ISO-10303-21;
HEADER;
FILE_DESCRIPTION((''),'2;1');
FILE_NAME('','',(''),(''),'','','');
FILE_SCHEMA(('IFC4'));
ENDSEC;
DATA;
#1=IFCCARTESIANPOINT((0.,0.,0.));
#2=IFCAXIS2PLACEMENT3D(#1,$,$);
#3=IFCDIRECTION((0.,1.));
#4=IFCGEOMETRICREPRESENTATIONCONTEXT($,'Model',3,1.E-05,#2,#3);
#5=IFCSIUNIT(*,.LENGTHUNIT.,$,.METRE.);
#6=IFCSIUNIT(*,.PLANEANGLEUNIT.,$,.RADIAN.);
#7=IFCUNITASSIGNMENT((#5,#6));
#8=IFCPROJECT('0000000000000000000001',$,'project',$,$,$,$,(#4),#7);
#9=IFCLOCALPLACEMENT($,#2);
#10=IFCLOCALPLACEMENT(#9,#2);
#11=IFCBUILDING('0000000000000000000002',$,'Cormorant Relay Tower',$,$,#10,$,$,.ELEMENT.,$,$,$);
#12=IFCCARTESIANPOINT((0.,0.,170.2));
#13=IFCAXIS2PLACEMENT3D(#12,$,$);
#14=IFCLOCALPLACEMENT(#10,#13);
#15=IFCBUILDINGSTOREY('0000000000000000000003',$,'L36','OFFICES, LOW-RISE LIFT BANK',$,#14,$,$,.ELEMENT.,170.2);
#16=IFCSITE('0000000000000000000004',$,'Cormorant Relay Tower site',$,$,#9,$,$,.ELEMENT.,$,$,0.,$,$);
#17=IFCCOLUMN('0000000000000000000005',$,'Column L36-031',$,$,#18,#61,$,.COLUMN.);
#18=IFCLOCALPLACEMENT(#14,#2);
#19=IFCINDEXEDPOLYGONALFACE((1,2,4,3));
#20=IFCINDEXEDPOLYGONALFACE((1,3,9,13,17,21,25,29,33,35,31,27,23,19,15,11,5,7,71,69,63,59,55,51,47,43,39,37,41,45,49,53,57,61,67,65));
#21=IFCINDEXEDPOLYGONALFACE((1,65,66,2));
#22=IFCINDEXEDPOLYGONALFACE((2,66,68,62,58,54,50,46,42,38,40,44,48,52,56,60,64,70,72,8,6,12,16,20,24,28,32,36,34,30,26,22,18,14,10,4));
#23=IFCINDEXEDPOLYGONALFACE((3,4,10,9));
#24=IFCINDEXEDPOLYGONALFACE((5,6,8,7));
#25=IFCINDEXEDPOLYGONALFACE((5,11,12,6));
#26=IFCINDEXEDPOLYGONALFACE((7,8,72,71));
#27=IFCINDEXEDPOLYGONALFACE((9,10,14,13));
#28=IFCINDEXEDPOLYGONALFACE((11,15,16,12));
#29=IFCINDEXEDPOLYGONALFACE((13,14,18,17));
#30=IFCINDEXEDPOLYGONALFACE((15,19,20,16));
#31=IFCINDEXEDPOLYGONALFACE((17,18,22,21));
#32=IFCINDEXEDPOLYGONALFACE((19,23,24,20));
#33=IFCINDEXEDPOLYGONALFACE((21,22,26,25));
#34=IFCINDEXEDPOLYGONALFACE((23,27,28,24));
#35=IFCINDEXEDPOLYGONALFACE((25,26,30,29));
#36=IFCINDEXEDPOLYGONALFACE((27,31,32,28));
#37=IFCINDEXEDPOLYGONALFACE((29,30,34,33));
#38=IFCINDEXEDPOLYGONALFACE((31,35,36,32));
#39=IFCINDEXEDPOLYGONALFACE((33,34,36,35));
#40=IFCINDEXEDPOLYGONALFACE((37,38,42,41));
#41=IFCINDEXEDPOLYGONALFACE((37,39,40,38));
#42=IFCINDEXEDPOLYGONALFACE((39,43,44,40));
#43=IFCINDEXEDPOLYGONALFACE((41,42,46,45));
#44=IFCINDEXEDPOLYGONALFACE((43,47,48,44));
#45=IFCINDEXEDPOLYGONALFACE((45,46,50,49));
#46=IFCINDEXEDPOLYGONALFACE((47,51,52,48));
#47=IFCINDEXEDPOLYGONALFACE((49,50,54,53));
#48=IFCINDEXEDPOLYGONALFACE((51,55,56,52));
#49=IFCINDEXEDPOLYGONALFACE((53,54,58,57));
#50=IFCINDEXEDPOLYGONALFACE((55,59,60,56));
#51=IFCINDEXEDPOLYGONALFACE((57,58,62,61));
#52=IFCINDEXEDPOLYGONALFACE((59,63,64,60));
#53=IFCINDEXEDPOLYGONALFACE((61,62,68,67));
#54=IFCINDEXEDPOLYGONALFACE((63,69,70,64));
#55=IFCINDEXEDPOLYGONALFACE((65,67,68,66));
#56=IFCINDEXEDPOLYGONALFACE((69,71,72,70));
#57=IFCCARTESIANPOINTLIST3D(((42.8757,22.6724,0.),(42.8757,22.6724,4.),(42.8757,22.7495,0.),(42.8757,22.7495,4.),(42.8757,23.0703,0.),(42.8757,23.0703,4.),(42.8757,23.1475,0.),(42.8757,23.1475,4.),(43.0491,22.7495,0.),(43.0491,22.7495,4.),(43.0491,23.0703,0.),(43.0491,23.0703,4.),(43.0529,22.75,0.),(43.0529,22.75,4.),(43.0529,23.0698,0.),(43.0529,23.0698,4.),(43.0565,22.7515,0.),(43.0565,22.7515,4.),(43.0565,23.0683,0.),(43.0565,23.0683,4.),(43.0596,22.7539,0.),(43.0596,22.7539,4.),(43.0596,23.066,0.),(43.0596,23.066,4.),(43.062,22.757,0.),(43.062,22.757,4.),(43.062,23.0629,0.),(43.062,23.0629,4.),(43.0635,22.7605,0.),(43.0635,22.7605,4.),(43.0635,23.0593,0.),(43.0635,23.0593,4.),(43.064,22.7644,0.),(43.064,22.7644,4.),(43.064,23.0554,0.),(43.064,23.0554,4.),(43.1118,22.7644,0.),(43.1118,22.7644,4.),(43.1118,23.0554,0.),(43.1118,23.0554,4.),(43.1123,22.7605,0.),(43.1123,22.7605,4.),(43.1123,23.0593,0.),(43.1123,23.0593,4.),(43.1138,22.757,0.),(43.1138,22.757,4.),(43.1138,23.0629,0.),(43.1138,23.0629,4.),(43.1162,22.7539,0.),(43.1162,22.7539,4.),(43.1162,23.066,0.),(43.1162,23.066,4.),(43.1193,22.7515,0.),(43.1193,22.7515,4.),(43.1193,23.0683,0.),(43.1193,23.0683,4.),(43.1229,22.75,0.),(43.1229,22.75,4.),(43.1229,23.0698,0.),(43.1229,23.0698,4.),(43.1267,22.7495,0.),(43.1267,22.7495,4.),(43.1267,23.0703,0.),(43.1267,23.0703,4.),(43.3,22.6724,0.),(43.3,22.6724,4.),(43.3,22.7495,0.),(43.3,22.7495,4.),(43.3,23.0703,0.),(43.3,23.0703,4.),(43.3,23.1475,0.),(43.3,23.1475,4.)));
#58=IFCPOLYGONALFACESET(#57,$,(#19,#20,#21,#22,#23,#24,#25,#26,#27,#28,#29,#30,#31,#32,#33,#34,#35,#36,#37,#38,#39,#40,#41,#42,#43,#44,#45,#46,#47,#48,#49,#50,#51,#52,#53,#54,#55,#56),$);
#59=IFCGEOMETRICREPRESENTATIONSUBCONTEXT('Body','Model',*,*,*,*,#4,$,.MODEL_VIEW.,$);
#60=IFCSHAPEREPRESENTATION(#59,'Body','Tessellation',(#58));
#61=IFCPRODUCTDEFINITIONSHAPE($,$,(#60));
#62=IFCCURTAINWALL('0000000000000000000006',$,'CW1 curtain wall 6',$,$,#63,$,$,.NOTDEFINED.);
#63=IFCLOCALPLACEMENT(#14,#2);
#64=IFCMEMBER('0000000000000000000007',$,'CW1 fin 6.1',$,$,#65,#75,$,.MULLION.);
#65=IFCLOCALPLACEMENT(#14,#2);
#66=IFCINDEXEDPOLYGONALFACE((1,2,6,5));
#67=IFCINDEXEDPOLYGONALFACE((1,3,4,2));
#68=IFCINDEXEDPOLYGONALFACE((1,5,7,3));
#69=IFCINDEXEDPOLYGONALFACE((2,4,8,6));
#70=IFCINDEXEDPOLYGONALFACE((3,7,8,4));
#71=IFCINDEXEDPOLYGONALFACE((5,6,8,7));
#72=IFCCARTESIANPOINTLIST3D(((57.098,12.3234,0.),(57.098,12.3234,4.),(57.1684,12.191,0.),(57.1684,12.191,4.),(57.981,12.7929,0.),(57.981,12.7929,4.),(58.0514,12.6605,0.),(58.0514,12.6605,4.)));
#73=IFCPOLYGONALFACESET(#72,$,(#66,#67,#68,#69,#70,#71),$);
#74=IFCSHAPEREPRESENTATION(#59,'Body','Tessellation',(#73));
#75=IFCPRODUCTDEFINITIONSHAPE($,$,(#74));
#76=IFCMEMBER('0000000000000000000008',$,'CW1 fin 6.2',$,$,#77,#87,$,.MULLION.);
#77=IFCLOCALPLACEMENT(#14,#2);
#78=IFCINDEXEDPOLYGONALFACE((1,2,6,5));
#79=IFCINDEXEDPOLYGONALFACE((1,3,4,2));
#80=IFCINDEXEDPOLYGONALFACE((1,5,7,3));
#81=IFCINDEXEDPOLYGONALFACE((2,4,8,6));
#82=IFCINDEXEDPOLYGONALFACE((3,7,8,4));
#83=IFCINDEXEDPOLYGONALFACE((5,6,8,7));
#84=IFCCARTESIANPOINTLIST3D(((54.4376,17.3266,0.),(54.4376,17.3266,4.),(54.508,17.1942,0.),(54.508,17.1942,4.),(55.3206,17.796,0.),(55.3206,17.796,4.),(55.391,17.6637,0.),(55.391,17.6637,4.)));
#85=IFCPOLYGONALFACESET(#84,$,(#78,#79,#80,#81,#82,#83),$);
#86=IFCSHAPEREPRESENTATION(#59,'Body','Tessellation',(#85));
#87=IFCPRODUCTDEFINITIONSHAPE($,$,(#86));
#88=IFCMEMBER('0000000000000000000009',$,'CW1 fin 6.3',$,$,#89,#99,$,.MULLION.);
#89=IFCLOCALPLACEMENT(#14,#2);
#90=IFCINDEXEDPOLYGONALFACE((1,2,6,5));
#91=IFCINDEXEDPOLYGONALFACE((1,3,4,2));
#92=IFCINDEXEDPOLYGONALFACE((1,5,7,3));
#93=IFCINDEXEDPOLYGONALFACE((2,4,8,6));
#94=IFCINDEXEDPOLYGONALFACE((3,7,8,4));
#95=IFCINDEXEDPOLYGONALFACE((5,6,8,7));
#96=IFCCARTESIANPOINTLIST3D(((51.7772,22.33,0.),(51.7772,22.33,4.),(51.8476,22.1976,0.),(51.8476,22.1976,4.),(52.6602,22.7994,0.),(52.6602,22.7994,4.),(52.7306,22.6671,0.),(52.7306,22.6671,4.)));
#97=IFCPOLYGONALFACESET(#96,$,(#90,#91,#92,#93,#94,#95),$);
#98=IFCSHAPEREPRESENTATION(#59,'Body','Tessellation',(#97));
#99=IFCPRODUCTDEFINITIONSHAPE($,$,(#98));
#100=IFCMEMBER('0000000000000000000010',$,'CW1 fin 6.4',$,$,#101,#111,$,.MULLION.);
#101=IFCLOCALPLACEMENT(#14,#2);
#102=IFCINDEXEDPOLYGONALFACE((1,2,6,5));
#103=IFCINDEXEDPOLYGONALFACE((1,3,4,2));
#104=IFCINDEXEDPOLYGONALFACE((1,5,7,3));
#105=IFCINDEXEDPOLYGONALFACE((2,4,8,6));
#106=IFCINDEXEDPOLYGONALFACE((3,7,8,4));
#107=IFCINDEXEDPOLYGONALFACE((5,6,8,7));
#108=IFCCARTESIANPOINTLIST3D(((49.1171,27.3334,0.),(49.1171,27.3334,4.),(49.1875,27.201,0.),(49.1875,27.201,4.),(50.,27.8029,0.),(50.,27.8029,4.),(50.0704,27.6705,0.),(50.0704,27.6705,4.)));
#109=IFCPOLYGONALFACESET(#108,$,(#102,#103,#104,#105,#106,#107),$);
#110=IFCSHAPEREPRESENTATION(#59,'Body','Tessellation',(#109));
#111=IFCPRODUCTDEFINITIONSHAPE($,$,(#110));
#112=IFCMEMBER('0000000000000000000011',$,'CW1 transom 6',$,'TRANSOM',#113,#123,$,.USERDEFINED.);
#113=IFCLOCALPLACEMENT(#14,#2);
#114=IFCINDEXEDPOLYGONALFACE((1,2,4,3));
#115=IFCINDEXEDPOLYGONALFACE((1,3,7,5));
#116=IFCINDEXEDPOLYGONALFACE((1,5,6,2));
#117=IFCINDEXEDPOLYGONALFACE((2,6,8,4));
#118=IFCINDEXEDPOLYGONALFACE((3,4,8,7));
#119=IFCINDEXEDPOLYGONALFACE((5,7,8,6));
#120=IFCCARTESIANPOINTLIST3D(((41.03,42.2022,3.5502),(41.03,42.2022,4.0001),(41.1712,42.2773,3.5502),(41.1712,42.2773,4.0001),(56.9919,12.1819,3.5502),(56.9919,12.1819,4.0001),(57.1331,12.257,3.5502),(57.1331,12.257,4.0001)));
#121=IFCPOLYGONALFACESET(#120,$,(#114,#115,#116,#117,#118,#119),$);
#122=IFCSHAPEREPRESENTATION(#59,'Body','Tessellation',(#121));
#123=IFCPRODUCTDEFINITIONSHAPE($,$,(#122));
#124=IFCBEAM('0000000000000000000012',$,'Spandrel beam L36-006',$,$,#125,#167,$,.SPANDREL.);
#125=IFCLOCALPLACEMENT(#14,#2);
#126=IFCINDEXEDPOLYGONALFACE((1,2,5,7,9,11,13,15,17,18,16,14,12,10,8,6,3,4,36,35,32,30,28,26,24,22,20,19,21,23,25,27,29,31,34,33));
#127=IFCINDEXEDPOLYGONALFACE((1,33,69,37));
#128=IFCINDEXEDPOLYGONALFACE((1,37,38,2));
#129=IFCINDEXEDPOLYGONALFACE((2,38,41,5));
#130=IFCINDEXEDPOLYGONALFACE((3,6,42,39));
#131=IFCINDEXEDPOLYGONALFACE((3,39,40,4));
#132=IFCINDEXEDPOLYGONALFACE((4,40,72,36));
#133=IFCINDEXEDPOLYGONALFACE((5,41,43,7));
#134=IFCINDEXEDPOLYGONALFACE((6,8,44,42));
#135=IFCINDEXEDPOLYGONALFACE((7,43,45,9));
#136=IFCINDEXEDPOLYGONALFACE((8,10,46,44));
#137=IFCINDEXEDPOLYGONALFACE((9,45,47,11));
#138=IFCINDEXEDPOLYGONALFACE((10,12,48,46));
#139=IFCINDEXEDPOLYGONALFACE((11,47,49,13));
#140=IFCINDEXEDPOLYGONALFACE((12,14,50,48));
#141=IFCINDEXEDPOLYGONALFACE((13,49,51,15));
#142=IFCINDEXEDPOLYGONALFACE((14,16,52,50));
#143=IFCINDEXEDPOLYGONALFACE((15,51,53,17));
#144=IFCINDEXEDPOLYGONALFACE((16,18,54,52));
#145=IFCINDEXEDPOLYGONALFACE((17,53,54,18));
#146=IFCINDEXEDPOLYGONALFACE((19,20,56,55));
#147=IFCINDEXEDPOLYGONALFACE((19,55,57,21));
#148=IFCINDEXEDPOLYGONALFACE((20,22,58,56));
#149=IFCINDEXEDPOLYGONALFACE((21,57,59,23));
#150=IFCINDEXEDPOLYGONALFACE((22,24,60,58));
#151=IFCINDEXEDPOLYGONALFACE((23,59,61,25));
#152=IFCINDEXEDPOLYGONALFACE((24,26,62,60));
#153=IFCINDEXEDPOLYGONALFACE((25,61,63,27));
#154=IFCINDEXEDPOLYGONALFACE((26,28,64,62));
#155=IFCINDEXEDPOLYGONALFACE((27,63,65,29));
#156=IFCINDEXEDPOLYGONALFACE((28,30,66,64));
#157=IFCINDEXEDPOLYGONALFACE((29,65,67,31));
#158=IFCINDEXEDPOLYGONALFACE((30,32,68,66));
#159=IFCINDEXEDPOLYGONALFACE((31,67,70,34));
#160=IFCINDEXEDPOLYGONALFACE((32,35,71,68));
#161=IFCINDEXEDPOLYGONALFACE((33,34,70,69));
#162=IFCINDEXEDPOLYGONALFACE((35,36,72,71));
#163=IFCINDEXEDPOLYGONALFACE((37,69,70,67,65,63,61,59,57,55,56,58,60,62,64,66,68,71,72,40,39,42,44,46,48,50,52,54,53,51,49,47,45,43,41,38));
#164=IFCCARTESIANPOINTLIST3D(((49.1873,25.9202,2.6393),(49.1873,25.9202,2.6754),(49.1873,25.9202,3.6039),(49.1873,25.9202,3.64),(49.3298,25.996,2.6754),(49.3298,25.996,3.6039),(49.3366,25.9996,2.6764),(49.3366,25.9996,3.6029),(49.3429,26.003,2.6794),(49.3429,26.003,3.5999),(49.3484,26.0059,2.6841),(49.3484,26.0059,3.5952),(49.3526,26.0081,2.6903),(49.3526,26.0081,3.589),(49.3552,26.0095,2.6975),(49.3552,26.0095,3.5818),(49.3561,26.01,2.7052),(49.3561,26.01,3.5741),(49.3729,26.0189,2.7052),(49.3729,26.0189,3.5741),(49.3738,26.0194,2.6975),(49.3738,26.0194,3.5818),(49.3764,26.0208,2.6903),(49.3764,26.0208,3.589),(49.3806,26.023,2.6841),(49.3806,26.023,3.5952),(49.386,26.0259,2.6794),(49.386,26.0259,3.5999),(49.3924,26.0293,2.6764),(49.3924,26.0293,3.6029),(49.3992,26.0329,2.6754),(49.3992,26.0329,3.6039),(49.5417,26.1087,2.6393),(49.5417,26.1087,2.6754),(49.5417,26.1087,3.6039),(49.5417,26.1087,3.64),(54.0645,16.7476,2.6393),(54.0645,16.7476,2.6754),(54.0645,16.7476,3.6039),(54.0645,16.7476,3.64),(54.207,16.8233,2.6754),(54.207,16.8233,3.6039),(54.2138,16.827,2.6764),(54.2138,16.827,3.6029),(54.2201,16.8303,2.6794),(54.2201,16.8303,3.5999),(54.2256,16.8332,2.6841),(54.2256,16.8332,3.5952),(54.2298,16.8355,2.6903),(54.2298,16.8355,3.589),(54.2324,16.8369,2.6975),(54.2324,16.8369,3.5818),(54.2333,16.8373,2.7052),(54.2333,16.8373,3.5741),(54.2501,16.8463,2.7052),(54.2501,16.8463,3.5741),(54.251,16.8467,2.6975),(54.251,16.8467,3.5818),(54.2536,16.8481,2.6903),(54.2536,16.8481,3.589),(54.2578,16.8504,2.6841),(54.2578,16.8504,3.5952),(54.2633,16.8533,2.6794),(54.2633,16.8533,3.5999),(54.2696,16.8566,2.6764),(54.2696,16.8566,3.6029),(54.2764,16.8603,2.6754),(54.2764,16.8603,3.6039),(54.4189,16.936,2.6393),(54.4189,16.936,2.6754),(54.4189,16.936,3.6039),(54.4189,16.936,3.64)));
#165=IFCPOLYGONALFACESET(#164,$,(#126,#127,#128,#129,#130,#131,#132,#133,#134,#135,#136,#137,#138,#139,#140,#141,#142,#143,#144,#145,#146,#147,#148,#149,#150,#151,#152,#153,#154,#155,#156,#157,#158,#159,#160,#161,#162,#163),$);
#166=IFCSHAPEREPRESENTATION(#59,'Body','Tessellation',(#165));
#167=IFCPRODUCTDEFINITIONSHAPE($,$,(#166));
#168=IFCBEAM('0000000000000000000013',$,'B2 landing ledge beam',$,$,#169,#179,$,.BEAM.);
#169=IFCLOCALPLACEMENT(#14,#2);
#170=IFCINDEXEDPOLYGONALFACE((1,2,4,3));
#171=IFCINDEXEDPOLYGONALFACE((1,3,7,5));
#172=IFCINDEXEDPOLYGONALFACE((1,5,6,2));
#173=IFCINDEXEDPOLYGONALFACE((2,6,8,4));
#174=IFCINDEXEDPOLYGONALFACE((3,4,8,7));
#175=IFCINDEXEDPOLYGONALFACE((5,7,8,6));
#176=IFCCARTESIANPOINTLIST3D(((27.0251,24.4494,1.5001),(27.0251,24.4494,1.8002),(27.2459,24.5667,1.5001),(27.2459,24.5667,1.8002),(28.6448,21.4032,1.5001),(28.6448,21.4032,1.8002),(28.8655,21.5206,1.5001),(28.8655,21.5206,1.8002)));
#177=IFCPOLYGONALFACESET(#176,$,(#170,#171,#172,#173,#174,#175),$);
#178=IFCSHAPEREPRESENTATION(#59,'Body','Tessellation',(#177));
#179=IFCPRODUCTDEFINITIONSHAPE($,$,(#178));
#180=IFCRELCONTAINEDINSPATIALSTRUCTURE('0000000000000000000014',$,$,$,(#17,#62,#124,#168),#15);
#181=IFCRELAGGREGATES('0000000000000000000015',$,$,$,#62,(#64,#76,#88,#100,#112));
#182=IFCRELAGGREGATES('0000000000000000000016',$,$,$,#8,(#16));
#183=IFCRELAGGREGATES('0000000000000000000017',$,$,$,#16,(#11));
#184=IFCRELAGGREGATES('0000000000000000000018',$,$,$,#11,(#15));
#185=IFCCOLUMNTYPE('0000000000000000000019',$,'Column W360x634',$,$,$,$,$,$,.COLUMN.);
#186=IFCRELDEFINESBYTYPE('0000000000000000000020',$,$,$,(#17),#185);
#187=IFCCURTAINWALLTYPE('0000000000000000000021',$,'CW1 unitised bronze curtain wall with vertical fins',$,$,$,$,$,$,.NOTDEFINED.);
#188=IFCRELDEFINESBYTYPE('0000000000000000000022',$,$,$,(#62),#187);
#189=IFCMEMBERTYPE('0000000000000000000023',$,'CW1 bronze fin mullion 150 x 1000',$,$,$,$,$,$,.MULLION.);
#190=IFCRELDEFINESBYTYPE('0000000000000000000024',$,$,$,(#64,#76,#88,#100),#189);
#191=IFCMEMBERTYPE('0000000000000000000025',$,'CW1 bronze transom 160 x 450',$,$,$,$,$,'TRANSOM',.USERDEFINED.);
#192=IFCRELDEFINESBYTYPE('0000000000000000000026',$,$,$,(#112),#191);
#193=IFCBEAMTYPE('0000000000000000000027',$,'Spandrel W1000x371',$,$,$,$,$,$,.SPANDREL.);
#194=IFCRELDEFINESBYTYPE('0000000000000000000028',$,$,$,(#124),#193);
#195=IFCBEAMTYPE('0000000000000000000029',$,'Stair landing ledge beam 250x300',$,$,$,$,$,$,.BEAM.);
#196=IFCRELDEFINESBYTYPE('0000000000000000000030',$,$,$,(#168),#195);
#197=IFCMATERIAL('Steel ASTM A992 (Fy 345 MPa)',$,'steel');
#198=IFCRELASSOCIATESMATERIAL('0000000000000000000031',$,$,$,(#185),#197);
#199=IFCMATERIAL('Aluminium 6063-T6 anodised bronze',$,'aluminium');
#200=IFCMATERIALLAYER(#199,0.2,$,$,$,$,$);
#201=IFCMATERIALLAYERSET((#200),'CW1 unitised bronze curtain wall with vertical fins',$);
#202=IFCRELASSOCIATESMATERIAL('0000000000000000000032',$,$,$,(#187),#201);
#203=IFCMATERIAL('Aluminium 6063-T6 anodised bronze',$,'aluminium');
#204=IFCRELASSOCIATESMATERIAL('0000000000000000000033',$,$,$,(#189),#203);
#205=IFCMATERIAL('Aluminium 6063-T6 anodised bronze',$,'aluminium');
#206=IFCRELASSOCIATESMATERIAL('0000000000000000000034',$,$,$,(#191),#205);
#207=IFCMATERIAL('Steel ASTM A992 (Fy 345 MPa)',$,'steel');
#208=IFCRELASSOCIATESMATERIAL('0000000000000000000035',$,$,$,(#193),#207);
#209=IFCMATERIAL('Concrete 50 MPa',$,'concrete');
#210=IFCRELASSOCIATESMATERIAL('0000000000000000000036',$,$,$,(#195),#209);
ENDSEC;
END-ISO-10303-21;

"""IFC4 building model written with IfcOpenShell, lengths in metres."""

from ifc_helpers import new_model, si_unit, direction, frame, origin, origin_2d, place, context, subcontext, project, spatial, rectangle, i_section, extrude, material, layer, layer_set, material_profile, profile_set, type_object, element, aggregate, save


model = new_model("IFC4")

# Units and contexts
model_context = context("Model", 3, precision=1e-05, world=origin(), true_north=direction((0.0, 1.0)))
body_context = subcontext(model_context, "Body", "Model", "MODEL_VIEW")
ifc_project = project(units=[si_unit("LENGTHUNIT", "METRE"), si_unit("PLANEANGLEUNIT", "RADIAN")], contexts=[model_context])

# Site, building, storey
site_placement = place(None, origin())
site = spatial("IfcSite", under=ifc_project, at=site_placement, Name="Cormorant Relay Tower site", CompositionType="ELEMENT", RefElevation=0.0)
building_placement = place(site_placement, origin())
building = spatial("IfcBuilding", under=site, at=building_placement, Name="Cormorant Relay Tower", CompositionType="ELEMENT")
storey_placement = place(building_placement, frame((0.0, 0.0, 170.2)))
storey = spatial("IfcBuildingStorey", under=building, at=storey_placement, Name="L36", Description="OFFICES, LOW-RISE LIFT BANK", CompositionType="ELEMENT", Elevation=170.2)

# Column
ifc_material_1 = material(Name="Steel ASTM A992 (Fy 345 MPa)", Category="steel")
ifc_material_profile_1 = material_profile(ifc_material_1, i_section(OverallWidth=0.4243, OverallDepth=0.4751, WebThickness=0.0479, FlangeThickness=0.0771, FilletRadius=0.0149, at=origin_2d()), Name="W360x634")
ifc_profile_set_1 = profile_set([ifc_material_profile_1], Name="Steel ASTM A992 (Fy 345 MPa)")
column_type_1 = type_object("IfcColumnType", Name="Column W360x634", PredefinedType="COLUMN", material=ifc_profile_set_1)
for number, where, z_axis, x_axis, name in (
    (1, (43.0879, 22.9099, 0.0), (0.0, 0.0, 1.0), (1.0, 0.0, 0.0), "Column L36-031"),
):
    element("IfcColumn", number, at=place(storey_placement, frame(where, z_axis=z_axis, x_axis=x_axis)), inside=storey, type_object=column_type_1, Name=name, PredefinedType="COLUMN", context=body_context, shape_type="SweptSolid", body=[
        extrude(i_section(OverallWidth=0.4243, OverallDepth=0.4751, WebThickness=0.0479, FlangeThickness=0.0771, FilletRadius=0.0149, at=origin_2d()), origin(), (0.0, 0.0, 1.0), 4.0),
    ])

# Curtain wall, members
ifc_material_2 = material(Name="Aluminium 6063-T6 anodised bronze", Category="aluminium")
ifc_layer_1 = layer(ifc_material_2, 0.2)
ifc_layer_set_1 = layer_set([ifc_layer_1], Name="CW1 unitised bronze curtain wall with vertical fins")
curtain_wall_type = type_object("IfcCurtainWallType", Name="CW1 unitised bronze curtain wall with vertical fins", PredefinedType="NOTDEFINED", material=ifc_layer_set_1)
curtain_wall_1_placement = place(storey_placement, origin())
curtain_wall_1 = element("IfcCurtainWall", 2, at=curtain_wall_1_placement, inside=storey, type_object=curtain_wall_type, Name="CW1 curtain wall 6", PredefinedType="NOTDEFINED")
ifc_material_3 = material(Name="Aluminium 6063-T6 anodised bronze", Category="aluminium")
ifc_material_profile_2 = material_profile(ifc_material_3, rectangle(XDim=0.1499, YDim=1.0, at=origin_2d()), Name="AL 150x1000")
ifc_profile_set_2 = profile_set([ifc_material_profile_2], Name="Aluminium 6063-T6 anodised bronze")
member_type_1 = type_object("IfcMemberType", Name="CW1 bronze fin mullion 150 x 1000", PredefinedType="MULLION", material=ifc_profile_set_2)
member_1_placement = place(storey_placement, frame((57.5747, 12.4919, 0.0), z_axis=(0.0, 0.0, 1.0), x_axis=(-0.469472, 0.882948, 0.0)))
member_1 = element("IfcMember", 3, at=member_1_placement, type_object=member_type_1, Name="CW1 fin 6.1", PredefinedType="MULLION", context=body_context, shape_type="SweptSolid", body=[
    extrude(rectangle(XDim=0.1499, YDim=1.0, at=origin_2d()), origin(), (0.0, 0.0, 1.0), 4.0),
])
member_2_placement = place(storey_placement, frame((54.9143, 17.4951, 0.0), z_axis=(0.0, 0.0, 1.0), x_axis=(-0.469472, 0.882948, 0.0)))
member_2 = element("IfcMember", 4, at=member_2_placement, type_object=member_type_1, Name="CW1 fin 6.2", PredefinedType="MULLION", context=body_context, shape_type="SweptSolid", body=[
    extrude(rectangle(XDim=0.1499, YDim=1.0, at=origin_2d()), origin(), (0.0, 0.0, 1.0), 4.0),
])
member_3_placement = place(storey_placement, frame((52.2539, 22.4985, 0.0), z_axis=(0.0, 0.0, 1.0), x_axis=(-0.469472, 0.882948, 0.0)))
member_3 = element("IfcMember", 5, at=member_3_placement, type_object=member_type_1, Name="CW1 fin 6.3", PredefinedType="MULLION", context=body_context, shape_type="SweptSolid", body=[
    extrude(rectangle(XDim=0.1499, YDim=1.0, at=origin_2d()), origin(), (0.0, 0.0, 1.0), 4.0),
])
member_4_placement = place(storey_placement, frame((49.5938, 27.502, 0.0), z_axis=(0.0, 0.0, 1.0), x_axis=(-0.469472, 0.882948, 0.0)))
member_4 = element("IfcMember", 6, at=member_4_placement, type_object=member_type_1, Name="CW1 fin 6.4", PredefinedType="MULLION", context=body_context, shape_type="SweptSolid", body=[
    extrude(rectangle(XDim=0.1499, YDim=1.0, at=origin_2d()), origin(), (0.0, 0.0, 1.0), 4.0),
])
ifc_material_4 = material(Name="Aluminium 6063-T6 anodised bronze", Category="aluminium")
ifc_material_profile_3 = material_profile(ifc_material_4, rectangle(XDim=0.1599, YDim=0.45, at=origin_2d()), Name="AL 160x450")
ifc_profile_set_3 = profile_set([ifc_material_profile_3], Name="Aluminium 6063-T6 anodised bronze")
member_type_2 = type_object("IfcMemberType", Name="CW1 bronze transom 160 x 450", ElementType="TRANSOM", PredefinedType="USERDEFINED", material=ifc_profile_set_3)
member_5_placement = place(storey_placement, frame((57.0625, 12.2195, 3.7751), z_axis=(-0.469468, 0.882949, 0.0), x_axis=(-0.882949, -0.469468, 0.0)))
member_5 = element("IfcMember", 7, at=member_5_placement, type_object=member_type_2, Name="CW1 transom 6", ObjectType="TRANSOM", PredefinedType="USERDEFINED", context=body_context, shape_type="SweptSolid", body=[
    extrude(rectangle(XDim=0.1599, YDim=0.45, at=origin_2d()), origin(), (0.0, 0.0, 1.0), 34.0),
])

# Beams
ifc_material_5 = material(Name="Steel ASTM A992 (Fy 345 MPa)", Category="steel")
ifc_material_profile_4 = material_profile(ifc_material_5, i_section(OverallWidth=0.4014, OverallDepth=1.0007, WebThickness=0.019, FlangeThickness=0.0361, FilletRadius=0.0298, at=origin_2d()), Name="W1000x371")
ifc_profile_set_4 = profile_set([ifc_material_profile_4], Name="Steel ASTM A992 (Fy 345 MPa)")
beam_type_1 = type_object("IfcBeamType", Name="Spandrel W1000x371", PredefinedType="SPANDREL", material=ifc_profile_set_4)
beam_1_placement = place(storey_placement, frame((54.2417, 16.8418, 3.1396), z_axis=(-0.469474, 0.882946, 0.0), x_axis=(-0.882946, -0.469474, 0.0)))
element("IfcBeam", 8, at=beam_1_placement, inside=storey, type_object=beam_type_1, Name="Spandrel beam L36-006", PredefinedType="SPANDREL", context=body_context, shape_type="SweptSolid", body=[
    extrude(i_section(OverallWidth=0.4014, OverallDepth=1.0007, WebThickness=0.019, FlangeThickness=0.0361, FilletRadius=0.0298, at=origin_2d()), origin(), (0.0, 0.0, 1.0), 10.3887),
])
ifc_material_6 = material(Name="Concrete 50 MPa", Category="concrete")
ifc_material_profile_5 = material_profile(ifc_material_6, rectangle(XDim=0.25, YDim=0.3, at=origin_2d()), Name="RC 250x300")
ifc_profile_set_5 = profile_set([ifc_material_profile_5], Name="Concrete 50 MPa")
beam_type_2 = type_object("IfcBeamType", Name="Stair landing ledge beam 250x300", PredefinedType="BEAM", material=ifc_profile_set_5)
beam_2_placement = place(storey_placement, frame((28.7551, 21.4619, 1.6501), z_axis=(-0.469464, 0.882952, 0.0), x_axis=(-0.882952, -0.469464, 0.0)))
element("IfcBeam", 9, at=beam_2_placement, inside=storey, type_object=beam_type_2, Name="B2 landing ledge beam", PredefinedType="BEAM", context=body_context, shape_type="SweptSolid", body=[
    extrude(rectangle(XDim=0.25, YDim=0.3, at=origin_2d()), origin(), (0.0, 0.0, 1.0), 3.45),
])

aggregate(curtain_wall_1, [member_1, member_2, member_3, member_4, member_5])

save(model, "model.ifc")
